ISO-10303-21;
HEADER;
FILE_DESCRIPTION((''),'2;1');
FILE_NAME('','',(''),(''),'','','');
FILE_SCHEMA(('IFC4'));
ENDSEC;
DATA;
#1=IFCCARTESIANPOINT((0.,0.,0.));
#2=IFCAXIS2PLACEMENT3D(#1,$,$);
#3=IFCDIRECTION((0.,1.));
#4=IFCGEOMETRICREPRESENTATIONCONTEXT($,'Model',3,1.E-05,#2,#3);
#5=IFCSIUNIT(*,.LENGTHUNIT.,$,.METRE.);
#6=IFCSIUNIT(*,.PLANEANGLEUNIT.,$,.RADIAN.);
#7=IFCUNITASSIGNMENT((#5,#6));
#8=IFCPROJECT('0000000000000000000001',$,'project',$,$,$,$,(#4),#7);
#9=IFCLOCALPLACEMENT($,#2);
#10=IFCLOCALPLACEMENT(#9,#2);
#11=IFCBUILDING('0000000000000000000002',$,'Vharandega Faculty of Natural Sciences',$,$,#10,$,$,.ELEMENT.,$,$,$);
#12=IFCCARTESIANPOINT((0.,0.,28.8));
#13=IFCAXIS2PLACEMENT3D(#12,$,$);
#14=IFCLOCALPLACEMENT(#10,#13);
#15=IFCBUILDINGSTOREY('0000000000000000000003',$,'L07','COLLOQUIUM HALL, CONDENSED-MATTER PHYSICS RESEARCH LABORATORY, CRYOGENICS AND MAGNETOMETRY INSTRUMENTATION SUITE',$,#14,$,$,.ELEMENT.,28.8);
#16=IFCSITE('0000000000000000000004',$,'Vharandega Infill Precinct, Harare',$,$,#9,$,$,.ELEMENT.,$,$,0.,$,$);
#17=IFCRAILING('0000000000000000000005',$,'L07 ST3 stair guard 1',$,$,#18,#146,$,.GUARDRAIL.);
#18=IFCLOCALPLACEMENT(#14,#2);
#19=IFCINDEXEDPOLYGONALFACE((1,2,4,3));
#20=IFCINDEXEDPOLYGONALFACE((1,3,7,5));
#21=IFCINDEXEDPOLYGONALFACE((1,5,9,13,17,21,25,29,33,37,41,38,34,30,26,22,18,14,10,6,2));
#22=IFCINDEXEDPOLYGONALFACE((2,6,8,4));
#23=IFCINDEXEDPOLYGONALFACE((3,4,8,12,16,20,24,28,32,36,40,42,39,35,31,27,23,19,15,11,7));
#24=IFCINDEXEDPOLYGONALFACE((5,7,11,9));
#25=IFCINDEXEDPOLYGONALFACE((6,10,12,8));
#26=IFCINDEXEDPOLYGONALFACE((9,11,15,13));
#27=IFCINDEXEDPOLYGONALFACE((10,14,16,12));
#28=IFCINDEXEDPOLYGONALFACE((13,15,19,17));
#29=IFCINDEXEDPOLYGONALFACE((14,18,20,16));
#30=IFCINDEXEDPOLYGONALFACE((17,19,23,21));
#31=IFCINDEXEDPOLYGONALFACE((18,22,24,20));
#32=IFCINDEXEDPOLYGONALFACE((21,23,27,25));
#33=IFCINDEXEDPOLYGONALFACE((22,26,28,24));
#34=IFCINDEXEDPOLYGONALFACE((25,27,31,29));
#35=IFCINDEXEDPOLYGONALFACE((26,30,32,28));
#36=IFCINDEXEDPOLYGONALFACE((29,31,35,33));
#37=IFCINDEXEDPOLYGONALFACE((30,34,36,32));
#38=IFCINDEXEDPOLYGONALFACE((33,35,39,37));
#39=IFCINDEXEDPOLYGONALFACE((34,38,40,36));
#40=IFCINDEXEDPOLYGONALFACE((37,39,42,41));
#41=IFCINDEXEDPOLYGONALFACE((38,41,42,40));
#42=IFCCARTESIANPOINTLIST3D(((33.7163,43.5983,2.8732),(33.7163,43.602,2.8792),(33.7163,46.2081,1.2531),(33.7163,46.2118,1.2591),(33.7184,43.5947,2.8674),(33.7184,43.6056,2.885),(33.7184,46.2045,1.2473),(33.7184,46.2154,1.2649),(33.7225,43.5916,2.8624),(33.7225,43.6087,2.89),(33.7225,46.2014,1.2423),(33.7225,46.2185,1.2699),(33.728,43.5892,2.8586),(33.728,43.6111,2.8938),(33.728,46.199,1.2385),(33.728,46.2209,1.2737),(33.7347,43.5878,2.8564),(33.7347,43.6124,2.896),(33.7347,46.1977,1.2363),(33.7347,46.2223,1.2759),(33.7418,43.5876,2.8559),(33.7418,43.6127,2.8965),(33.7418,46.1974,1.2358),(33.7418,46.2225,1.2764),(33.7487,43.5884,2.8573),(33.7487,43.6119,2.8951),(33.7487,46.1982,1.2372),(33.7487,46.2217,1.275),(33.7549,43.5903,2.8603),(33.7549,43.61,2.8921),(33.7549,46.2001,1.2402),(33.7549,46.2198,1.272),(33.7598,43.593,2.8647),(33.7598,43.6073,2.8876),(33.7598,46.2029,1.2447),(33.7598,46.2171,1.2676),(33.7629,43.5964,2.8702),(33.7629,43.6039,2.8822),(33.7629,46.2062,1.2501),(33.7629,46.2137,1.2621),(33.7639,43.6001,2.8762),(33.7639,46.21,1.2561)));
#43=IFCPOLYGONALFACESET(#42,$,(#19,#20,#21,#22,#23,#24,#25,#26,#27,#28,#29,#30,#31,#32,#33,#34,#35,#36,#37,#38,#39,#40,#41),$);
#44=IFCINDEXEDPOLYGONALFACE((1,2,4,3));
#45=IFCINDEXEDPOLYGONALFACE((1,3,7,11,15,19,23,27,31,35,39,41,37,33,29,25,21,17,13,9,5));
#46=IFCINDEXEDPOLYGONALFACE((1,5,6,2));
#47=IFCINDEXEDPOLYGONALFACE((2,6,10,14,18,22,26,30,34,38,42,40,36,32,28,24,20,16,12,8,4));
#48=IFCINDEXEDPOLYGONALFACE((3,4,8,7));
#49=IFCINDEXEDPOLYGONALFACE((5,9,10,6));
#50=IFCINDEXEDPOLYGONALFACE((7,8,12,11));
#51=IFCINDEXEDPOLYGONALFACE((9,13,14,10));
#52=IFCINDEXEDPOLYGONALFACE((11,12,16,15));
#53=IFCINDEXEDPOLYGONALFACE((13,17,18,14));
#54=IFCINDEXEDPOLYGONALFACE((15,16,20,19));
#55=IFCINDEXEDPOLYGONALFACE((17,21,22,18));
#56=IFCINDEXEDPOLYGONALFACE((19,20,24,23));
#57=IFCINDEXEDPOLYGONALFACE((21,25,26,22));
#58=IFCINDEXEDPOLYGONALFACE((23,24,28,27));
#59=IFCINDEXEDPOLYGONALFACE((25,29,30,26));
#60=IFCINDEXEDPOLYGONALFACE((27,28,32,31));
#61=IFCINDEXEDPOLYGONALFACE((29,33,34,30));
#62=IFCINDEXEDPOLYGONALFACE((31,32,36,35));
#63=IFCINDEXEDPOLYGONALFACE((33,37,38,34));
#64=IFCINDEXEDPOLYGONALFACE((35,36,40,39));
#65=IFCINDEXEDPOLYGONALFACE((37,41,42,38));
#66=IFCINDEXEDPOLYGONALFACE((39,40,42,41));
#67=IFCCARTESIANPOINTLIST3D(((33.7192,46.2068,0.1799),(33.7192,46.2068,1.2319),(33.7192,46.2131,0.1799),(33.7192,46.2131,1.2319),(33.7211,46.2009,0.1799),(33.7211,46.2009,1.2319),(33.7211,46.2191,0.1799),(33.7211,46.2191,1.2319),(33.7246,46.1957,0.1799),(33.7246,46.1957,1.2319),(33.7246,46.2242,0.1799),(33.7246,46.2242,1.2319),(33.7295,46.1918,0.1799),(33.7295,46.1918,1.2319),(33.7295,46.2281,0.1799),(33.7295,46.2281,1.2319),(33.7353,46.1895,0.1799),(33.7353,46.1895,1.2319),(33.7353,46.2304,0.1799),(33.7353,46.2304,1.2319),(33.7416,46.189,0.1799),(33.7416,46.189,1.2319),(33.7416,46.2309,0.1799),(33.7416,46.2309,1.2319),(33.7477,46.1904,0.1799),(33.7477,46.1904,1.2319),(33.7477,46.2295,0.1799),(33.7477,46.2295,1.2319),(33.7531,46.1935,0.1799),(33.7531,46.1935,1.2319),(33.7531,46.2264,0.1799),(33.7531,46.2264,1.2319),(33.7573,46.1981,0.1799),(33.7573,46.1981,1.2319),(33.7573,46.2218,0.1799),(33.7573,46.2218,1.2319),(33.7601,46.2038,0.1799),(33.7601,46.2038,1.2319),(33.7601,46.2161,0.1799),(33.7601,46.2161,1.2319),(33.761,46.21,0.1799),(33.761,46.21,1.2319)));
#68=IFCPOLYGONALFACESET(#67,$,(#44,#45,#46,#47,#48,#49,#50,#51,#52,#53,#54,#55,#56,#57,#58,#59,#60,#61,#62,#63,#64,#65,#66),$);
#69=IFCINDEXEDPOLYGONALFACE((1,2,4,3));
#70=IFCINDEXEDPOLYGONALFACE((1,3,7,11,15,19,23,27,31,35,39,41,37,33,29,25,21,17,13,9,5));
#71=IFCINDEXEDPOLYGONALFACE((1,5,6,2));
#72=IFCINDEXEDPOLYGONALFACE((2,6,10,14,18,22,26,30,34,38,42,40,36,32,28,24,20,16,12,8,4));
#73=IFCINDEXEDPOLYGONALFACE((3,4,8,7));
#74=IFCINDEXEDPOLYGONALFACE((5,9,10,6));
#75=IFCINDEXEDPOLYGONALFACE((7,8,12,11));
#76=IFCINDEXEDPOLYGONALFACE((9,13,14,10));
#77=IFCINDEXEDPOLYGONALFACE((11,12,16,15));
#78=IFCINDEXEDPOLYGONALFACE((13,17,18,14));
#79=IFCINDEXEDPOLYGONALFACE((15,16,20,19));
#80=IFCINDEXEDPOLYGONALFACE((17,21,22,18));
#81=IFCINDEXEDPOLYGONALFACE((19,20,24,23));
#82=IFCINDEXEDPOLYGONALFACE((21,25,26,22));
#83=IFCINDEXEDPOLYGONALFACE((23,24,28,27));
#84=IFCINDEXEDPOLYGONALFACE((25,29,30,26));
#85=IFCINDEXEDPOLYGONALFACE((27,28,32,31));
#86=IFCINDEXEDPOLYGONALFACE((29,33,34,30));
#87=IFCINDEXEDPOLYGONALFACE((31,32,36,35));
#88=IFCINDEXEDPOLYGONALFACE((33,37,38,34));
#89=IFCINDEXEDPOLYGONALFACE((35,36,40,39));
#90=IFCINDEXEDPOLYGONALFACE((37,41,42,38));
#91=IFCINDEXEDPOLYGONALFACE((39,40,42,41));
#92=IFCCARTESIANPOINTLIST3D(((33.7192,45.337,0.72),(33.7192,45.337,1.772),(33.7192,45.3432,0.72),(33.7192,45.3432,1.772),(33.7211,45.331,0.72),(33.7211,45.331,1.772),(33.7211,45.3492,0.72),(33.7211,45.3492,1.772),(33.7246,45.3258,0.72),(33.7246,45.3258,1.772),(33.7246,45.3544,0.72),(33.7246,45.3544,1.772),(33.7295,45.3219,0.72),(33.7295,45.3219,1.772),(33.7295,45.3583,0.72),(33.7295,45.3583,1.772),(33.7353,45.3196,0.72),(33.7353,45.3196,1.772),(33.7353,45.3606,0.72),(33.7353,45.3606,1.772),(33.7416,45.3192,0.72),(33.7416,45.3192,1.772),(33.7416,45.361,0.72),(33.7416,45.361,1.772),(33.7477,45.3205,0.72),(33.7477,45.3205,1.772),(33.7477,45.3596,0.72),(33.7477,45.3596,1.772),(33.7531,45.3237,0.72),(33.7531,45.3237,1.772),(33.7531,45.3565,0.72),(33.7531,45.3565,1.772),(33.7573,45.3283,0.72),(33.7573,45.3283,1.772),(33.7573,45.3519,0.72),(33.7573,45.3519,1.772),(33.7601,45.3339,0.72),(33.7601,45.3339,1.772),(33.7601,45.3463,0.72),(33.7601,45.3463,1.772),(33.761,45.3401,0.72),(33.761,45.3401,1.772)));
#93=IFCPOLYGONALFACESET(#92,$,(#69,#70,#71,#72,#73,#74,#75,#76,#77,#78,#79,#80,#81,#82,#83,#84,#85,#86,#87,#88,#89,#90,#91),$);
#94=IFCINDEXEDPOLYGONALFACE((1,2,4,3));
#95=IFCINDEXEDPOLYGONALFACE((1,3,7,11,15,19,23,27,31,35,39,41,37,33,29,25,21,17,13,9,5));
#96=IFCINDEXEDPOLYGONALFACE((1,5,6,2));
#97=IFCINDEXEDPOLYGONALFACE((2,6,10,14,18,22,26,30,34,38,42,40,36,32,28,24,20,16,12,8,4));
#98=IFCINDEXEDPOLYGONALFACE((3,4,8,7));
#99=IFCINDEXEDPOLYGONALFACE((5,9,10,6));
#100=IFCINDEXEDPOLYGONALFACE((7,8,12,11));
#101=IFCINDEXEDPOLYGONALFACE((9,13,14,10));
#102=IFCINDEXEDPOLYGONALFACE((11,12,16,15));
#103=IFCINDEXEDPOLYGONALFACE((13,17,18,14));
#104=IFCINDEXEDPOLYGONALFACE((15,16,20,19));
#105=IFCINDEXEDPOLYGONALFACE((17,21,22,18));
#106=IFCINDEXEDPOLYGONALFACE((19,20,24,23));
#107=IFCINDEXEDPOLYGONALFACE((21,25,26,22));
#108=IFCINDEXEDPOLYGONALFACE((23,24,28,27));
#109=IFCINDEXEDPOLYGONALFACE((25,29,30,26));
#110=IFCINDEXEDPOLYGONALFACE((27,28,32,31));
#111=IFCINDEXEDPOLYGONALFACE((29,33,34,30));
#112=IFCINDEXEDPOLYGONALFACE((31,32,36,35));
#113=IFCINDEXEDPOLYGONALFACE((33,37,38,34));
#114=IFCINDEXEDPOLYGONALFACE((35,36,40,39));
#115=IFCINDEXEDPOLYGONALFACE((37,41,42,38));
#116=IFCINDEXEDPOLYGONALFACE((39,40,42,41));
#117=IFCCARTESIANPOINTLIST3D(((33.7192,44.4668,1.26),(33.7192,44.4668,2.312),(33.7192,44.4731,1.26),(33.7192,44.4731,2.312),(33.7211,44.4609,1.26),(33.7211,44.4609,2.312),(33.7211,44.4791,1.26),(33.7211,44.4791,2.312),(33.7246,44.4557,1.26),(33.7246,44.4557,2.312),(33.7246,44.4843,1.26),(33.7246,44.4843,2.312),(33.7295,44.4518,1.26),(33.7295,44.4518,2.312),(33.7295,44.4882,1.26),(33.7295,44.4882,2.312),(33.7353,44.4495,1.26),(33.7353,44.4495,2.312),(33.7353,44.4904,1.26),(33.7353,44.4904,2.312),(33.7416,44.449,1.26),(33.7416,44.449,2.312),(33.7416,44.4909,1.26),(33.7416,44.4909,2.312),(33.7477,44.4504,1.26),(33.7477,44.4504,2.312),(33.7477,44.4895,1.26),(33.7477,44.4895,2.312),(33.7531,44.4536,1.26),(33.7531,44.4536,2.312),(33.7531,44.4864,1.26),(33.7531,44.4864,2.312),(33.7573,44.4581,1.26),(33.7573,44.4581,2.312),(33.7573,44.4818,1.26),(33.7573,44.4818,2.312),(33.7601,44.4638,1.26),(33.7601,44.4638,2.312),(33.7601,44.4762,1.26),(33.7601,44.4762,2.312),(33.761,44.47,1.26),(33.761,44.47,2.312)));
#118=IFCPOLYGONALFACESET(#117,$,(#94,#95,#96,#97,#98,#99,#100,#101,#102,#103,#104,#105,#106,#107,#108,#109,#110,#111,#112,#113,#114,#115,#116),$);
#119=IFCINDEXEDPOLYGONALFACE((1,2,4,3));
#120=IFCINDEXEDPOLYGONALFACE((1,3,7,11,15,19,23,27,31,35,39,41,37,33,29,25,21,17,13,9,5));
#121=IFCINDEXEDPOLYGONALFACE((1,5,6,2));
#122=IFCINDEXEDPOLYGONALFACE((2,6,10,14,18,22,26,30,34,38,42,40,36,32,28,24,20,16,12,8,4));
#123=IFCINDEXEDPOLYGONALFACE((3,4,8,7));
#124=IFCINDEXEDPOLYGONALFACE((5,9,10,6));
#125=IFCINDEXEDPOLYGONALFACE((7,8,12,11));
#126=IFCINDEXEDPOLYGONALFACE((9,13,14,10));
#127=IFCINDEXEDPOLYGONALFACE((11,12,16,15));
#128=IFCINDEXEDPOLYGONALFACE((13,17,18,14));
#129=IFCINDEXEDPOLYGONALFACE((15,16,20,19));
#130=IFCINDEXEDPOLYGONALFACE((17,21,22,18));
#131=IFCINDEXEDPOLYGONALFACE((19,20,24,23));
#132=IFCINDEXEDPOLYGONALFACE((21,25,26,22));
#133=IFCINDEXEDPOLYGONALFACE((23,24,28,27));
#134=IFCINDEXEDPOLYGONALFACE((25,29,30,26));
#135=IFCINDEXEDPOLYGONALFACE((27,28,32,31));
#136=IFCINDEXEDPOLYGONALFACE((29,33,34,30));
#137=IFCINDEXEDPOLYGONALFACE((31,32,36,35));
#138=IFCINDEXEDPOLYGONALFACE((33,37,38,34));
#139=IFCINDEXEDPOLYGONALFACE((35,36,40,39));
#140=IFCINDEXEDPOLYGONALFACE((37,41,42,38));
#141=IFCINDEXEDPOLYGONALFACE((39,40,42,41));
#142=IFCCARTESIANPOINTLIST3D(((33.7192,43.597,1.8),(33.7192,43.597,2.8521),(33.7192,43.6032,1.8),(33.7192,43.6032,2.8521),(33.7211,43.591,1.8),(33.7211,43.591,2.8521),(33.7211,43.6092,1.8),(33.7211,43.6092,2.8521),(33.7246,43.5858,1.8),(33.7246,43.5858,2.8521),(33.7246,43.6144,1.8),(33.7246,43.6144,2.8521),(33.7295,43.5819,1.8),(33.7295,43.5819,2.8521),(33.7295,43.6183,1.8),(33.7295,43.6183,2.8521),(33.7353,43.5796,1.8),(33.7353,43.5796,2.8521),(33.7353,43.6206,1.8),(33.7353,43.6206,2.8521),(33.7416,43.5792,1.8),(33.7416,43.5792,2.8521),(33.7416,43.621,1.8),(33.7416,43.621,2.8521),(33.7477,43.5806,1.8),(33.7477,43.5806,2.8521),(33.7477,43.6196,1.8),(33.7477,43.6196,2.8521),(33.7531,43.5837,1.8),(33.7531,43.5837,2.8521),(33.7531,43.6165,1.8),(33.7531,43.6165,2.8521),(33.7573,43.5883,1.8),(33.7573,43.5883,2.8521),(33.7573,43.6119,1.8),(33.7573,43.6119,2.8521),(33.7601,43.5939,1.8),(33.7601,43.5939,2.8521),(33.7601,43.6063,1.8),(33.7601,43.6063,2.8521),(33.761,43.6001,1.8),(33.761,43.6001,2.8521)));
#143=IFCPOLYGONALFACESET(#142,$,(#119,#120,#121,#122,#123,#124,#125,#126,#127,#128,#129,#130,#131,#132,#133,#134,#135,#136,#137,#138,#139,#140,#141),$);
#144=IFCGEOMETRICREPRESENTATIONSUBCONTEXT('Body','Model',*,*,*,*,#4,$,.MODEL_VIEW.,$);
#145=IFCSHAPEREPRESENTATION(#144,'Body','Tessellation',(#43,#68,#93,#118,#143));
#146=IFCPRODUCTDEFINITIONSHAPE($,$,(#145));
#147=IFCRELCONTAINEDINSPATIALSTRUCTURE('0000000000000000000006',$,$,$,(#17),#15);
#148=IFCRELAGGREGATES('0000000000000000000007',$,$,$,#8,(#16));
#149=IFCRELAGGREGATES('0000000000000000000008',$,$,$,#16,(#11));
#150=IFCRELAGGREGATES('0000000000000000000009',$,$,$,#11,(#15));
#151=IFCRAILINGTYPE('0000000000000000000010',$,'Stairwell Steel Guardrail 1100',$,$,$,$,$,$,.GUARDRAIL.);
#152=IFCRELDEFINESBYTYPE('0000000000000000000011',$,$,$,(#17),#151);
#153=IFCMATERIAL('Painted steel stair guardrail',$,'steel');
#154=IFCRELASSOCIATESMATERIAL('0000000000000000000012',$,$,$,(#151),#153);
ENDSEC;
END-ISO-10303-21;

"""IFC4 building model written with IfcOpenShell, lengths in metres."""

from ifc_helpers import new_model, si_unit, direction, frame, origin, origin_2d, place, context, subcontext, project, spatial, circle, extrude, material, type_object, element, save


model = new_model("IFC4")

# Units and contexts
model_context = context("Model", 3, precision=1e-05, world=origin(), true_north=direction((0.0, 1.0)))
body_context = subcontext(model_context, "Body", "Model", "MODEL_VIEW")
ifc_project = project(units=[si_unit("LENGTHUNIT", "METRE"), si_unit("PLANEANGLEUNIT", "RADIAN")], contexts=[model_context])

# Site, building, storey
site_placement = place(None, origin())
site = spatial("IfcSite", under=ifc_project, at=site_placement, Name="Vharandega Infill Precinct, Harare", CompositionType="ELEMENT", RefElevation=0.0)
building_placement = place(site_placement, origin())
building = spatial("IfcBuilding", under=site, at=building_placement, Name="Vharandega Faculty of Natural Sciences", CompositionType="ELEMENT")
storey_placement = place(building_placement, frame((0.0, 0.0, 28.8)))
storey = spatial("IfcBuildingStorey", under=building, at=storey_placement, Name="L07", Description="COLLOQUIUM HALL, CONDENSED-MATTER PHYSICS RESEARCH LABORATORY, CRYOGENICS AND MAGNETOMETRY INSTRUMENTATION SUITE", CompositionType="ELEMENT", Elevation=28.8)

# Railing
ifc_material_1 = material(Name="Painted steel stair guardrail", Category="steel")
railing_type_1 = type_object("IfcRailingType", Name="Stairwell Steel Guardrail 1100", PredefinedType="GUARDRAIL", material=ifc_material_1)
railing_1_placement = place(storey_placement, frame((33.74, 46.21, 0.1799)))
element("IfcRailing", 1, at=railing_1_placement, inside=storey, type_object=railing_type_1, Name="L07 ST3 stair guard 1", PredefinedType="GUARDRAIL", context=body_context, shape_type="SweptSolid", body=[
    extrude(circle(Radius=0.0239, at=origin_2d()), frame((0.0, 0.0, 1.0762), z_axis=(0.0, -0.849611, 0.52741), x_axis=(1.0, 0.0, 0.0)), (0.0, 0.0, 1.0), 3.0718),
    extrude(circle(Radius=0.021, at=origin_2d()), origin(), (0.0, 0.0, 1.0), 1.052),
    extrude(circle(Radius=0.021, at=origin_2d()), frame((0.0, -0.8699, 0.54)), (0.0, 0.0, 1.0), 1.052),
    extrude(circle(Radius=0.021, at=origin_2d()), frame((0.0, -1.74, 1.0801)), (0.0, 0.0, 1.0), 1.052),
    extrude(circle(Radius=0.021, at=origin_2d()), frame((0.0, -2.6099, 1.6201)), (0.0, 0.0, 1.0), 1.052),
])

save(model, "model.ifc")
